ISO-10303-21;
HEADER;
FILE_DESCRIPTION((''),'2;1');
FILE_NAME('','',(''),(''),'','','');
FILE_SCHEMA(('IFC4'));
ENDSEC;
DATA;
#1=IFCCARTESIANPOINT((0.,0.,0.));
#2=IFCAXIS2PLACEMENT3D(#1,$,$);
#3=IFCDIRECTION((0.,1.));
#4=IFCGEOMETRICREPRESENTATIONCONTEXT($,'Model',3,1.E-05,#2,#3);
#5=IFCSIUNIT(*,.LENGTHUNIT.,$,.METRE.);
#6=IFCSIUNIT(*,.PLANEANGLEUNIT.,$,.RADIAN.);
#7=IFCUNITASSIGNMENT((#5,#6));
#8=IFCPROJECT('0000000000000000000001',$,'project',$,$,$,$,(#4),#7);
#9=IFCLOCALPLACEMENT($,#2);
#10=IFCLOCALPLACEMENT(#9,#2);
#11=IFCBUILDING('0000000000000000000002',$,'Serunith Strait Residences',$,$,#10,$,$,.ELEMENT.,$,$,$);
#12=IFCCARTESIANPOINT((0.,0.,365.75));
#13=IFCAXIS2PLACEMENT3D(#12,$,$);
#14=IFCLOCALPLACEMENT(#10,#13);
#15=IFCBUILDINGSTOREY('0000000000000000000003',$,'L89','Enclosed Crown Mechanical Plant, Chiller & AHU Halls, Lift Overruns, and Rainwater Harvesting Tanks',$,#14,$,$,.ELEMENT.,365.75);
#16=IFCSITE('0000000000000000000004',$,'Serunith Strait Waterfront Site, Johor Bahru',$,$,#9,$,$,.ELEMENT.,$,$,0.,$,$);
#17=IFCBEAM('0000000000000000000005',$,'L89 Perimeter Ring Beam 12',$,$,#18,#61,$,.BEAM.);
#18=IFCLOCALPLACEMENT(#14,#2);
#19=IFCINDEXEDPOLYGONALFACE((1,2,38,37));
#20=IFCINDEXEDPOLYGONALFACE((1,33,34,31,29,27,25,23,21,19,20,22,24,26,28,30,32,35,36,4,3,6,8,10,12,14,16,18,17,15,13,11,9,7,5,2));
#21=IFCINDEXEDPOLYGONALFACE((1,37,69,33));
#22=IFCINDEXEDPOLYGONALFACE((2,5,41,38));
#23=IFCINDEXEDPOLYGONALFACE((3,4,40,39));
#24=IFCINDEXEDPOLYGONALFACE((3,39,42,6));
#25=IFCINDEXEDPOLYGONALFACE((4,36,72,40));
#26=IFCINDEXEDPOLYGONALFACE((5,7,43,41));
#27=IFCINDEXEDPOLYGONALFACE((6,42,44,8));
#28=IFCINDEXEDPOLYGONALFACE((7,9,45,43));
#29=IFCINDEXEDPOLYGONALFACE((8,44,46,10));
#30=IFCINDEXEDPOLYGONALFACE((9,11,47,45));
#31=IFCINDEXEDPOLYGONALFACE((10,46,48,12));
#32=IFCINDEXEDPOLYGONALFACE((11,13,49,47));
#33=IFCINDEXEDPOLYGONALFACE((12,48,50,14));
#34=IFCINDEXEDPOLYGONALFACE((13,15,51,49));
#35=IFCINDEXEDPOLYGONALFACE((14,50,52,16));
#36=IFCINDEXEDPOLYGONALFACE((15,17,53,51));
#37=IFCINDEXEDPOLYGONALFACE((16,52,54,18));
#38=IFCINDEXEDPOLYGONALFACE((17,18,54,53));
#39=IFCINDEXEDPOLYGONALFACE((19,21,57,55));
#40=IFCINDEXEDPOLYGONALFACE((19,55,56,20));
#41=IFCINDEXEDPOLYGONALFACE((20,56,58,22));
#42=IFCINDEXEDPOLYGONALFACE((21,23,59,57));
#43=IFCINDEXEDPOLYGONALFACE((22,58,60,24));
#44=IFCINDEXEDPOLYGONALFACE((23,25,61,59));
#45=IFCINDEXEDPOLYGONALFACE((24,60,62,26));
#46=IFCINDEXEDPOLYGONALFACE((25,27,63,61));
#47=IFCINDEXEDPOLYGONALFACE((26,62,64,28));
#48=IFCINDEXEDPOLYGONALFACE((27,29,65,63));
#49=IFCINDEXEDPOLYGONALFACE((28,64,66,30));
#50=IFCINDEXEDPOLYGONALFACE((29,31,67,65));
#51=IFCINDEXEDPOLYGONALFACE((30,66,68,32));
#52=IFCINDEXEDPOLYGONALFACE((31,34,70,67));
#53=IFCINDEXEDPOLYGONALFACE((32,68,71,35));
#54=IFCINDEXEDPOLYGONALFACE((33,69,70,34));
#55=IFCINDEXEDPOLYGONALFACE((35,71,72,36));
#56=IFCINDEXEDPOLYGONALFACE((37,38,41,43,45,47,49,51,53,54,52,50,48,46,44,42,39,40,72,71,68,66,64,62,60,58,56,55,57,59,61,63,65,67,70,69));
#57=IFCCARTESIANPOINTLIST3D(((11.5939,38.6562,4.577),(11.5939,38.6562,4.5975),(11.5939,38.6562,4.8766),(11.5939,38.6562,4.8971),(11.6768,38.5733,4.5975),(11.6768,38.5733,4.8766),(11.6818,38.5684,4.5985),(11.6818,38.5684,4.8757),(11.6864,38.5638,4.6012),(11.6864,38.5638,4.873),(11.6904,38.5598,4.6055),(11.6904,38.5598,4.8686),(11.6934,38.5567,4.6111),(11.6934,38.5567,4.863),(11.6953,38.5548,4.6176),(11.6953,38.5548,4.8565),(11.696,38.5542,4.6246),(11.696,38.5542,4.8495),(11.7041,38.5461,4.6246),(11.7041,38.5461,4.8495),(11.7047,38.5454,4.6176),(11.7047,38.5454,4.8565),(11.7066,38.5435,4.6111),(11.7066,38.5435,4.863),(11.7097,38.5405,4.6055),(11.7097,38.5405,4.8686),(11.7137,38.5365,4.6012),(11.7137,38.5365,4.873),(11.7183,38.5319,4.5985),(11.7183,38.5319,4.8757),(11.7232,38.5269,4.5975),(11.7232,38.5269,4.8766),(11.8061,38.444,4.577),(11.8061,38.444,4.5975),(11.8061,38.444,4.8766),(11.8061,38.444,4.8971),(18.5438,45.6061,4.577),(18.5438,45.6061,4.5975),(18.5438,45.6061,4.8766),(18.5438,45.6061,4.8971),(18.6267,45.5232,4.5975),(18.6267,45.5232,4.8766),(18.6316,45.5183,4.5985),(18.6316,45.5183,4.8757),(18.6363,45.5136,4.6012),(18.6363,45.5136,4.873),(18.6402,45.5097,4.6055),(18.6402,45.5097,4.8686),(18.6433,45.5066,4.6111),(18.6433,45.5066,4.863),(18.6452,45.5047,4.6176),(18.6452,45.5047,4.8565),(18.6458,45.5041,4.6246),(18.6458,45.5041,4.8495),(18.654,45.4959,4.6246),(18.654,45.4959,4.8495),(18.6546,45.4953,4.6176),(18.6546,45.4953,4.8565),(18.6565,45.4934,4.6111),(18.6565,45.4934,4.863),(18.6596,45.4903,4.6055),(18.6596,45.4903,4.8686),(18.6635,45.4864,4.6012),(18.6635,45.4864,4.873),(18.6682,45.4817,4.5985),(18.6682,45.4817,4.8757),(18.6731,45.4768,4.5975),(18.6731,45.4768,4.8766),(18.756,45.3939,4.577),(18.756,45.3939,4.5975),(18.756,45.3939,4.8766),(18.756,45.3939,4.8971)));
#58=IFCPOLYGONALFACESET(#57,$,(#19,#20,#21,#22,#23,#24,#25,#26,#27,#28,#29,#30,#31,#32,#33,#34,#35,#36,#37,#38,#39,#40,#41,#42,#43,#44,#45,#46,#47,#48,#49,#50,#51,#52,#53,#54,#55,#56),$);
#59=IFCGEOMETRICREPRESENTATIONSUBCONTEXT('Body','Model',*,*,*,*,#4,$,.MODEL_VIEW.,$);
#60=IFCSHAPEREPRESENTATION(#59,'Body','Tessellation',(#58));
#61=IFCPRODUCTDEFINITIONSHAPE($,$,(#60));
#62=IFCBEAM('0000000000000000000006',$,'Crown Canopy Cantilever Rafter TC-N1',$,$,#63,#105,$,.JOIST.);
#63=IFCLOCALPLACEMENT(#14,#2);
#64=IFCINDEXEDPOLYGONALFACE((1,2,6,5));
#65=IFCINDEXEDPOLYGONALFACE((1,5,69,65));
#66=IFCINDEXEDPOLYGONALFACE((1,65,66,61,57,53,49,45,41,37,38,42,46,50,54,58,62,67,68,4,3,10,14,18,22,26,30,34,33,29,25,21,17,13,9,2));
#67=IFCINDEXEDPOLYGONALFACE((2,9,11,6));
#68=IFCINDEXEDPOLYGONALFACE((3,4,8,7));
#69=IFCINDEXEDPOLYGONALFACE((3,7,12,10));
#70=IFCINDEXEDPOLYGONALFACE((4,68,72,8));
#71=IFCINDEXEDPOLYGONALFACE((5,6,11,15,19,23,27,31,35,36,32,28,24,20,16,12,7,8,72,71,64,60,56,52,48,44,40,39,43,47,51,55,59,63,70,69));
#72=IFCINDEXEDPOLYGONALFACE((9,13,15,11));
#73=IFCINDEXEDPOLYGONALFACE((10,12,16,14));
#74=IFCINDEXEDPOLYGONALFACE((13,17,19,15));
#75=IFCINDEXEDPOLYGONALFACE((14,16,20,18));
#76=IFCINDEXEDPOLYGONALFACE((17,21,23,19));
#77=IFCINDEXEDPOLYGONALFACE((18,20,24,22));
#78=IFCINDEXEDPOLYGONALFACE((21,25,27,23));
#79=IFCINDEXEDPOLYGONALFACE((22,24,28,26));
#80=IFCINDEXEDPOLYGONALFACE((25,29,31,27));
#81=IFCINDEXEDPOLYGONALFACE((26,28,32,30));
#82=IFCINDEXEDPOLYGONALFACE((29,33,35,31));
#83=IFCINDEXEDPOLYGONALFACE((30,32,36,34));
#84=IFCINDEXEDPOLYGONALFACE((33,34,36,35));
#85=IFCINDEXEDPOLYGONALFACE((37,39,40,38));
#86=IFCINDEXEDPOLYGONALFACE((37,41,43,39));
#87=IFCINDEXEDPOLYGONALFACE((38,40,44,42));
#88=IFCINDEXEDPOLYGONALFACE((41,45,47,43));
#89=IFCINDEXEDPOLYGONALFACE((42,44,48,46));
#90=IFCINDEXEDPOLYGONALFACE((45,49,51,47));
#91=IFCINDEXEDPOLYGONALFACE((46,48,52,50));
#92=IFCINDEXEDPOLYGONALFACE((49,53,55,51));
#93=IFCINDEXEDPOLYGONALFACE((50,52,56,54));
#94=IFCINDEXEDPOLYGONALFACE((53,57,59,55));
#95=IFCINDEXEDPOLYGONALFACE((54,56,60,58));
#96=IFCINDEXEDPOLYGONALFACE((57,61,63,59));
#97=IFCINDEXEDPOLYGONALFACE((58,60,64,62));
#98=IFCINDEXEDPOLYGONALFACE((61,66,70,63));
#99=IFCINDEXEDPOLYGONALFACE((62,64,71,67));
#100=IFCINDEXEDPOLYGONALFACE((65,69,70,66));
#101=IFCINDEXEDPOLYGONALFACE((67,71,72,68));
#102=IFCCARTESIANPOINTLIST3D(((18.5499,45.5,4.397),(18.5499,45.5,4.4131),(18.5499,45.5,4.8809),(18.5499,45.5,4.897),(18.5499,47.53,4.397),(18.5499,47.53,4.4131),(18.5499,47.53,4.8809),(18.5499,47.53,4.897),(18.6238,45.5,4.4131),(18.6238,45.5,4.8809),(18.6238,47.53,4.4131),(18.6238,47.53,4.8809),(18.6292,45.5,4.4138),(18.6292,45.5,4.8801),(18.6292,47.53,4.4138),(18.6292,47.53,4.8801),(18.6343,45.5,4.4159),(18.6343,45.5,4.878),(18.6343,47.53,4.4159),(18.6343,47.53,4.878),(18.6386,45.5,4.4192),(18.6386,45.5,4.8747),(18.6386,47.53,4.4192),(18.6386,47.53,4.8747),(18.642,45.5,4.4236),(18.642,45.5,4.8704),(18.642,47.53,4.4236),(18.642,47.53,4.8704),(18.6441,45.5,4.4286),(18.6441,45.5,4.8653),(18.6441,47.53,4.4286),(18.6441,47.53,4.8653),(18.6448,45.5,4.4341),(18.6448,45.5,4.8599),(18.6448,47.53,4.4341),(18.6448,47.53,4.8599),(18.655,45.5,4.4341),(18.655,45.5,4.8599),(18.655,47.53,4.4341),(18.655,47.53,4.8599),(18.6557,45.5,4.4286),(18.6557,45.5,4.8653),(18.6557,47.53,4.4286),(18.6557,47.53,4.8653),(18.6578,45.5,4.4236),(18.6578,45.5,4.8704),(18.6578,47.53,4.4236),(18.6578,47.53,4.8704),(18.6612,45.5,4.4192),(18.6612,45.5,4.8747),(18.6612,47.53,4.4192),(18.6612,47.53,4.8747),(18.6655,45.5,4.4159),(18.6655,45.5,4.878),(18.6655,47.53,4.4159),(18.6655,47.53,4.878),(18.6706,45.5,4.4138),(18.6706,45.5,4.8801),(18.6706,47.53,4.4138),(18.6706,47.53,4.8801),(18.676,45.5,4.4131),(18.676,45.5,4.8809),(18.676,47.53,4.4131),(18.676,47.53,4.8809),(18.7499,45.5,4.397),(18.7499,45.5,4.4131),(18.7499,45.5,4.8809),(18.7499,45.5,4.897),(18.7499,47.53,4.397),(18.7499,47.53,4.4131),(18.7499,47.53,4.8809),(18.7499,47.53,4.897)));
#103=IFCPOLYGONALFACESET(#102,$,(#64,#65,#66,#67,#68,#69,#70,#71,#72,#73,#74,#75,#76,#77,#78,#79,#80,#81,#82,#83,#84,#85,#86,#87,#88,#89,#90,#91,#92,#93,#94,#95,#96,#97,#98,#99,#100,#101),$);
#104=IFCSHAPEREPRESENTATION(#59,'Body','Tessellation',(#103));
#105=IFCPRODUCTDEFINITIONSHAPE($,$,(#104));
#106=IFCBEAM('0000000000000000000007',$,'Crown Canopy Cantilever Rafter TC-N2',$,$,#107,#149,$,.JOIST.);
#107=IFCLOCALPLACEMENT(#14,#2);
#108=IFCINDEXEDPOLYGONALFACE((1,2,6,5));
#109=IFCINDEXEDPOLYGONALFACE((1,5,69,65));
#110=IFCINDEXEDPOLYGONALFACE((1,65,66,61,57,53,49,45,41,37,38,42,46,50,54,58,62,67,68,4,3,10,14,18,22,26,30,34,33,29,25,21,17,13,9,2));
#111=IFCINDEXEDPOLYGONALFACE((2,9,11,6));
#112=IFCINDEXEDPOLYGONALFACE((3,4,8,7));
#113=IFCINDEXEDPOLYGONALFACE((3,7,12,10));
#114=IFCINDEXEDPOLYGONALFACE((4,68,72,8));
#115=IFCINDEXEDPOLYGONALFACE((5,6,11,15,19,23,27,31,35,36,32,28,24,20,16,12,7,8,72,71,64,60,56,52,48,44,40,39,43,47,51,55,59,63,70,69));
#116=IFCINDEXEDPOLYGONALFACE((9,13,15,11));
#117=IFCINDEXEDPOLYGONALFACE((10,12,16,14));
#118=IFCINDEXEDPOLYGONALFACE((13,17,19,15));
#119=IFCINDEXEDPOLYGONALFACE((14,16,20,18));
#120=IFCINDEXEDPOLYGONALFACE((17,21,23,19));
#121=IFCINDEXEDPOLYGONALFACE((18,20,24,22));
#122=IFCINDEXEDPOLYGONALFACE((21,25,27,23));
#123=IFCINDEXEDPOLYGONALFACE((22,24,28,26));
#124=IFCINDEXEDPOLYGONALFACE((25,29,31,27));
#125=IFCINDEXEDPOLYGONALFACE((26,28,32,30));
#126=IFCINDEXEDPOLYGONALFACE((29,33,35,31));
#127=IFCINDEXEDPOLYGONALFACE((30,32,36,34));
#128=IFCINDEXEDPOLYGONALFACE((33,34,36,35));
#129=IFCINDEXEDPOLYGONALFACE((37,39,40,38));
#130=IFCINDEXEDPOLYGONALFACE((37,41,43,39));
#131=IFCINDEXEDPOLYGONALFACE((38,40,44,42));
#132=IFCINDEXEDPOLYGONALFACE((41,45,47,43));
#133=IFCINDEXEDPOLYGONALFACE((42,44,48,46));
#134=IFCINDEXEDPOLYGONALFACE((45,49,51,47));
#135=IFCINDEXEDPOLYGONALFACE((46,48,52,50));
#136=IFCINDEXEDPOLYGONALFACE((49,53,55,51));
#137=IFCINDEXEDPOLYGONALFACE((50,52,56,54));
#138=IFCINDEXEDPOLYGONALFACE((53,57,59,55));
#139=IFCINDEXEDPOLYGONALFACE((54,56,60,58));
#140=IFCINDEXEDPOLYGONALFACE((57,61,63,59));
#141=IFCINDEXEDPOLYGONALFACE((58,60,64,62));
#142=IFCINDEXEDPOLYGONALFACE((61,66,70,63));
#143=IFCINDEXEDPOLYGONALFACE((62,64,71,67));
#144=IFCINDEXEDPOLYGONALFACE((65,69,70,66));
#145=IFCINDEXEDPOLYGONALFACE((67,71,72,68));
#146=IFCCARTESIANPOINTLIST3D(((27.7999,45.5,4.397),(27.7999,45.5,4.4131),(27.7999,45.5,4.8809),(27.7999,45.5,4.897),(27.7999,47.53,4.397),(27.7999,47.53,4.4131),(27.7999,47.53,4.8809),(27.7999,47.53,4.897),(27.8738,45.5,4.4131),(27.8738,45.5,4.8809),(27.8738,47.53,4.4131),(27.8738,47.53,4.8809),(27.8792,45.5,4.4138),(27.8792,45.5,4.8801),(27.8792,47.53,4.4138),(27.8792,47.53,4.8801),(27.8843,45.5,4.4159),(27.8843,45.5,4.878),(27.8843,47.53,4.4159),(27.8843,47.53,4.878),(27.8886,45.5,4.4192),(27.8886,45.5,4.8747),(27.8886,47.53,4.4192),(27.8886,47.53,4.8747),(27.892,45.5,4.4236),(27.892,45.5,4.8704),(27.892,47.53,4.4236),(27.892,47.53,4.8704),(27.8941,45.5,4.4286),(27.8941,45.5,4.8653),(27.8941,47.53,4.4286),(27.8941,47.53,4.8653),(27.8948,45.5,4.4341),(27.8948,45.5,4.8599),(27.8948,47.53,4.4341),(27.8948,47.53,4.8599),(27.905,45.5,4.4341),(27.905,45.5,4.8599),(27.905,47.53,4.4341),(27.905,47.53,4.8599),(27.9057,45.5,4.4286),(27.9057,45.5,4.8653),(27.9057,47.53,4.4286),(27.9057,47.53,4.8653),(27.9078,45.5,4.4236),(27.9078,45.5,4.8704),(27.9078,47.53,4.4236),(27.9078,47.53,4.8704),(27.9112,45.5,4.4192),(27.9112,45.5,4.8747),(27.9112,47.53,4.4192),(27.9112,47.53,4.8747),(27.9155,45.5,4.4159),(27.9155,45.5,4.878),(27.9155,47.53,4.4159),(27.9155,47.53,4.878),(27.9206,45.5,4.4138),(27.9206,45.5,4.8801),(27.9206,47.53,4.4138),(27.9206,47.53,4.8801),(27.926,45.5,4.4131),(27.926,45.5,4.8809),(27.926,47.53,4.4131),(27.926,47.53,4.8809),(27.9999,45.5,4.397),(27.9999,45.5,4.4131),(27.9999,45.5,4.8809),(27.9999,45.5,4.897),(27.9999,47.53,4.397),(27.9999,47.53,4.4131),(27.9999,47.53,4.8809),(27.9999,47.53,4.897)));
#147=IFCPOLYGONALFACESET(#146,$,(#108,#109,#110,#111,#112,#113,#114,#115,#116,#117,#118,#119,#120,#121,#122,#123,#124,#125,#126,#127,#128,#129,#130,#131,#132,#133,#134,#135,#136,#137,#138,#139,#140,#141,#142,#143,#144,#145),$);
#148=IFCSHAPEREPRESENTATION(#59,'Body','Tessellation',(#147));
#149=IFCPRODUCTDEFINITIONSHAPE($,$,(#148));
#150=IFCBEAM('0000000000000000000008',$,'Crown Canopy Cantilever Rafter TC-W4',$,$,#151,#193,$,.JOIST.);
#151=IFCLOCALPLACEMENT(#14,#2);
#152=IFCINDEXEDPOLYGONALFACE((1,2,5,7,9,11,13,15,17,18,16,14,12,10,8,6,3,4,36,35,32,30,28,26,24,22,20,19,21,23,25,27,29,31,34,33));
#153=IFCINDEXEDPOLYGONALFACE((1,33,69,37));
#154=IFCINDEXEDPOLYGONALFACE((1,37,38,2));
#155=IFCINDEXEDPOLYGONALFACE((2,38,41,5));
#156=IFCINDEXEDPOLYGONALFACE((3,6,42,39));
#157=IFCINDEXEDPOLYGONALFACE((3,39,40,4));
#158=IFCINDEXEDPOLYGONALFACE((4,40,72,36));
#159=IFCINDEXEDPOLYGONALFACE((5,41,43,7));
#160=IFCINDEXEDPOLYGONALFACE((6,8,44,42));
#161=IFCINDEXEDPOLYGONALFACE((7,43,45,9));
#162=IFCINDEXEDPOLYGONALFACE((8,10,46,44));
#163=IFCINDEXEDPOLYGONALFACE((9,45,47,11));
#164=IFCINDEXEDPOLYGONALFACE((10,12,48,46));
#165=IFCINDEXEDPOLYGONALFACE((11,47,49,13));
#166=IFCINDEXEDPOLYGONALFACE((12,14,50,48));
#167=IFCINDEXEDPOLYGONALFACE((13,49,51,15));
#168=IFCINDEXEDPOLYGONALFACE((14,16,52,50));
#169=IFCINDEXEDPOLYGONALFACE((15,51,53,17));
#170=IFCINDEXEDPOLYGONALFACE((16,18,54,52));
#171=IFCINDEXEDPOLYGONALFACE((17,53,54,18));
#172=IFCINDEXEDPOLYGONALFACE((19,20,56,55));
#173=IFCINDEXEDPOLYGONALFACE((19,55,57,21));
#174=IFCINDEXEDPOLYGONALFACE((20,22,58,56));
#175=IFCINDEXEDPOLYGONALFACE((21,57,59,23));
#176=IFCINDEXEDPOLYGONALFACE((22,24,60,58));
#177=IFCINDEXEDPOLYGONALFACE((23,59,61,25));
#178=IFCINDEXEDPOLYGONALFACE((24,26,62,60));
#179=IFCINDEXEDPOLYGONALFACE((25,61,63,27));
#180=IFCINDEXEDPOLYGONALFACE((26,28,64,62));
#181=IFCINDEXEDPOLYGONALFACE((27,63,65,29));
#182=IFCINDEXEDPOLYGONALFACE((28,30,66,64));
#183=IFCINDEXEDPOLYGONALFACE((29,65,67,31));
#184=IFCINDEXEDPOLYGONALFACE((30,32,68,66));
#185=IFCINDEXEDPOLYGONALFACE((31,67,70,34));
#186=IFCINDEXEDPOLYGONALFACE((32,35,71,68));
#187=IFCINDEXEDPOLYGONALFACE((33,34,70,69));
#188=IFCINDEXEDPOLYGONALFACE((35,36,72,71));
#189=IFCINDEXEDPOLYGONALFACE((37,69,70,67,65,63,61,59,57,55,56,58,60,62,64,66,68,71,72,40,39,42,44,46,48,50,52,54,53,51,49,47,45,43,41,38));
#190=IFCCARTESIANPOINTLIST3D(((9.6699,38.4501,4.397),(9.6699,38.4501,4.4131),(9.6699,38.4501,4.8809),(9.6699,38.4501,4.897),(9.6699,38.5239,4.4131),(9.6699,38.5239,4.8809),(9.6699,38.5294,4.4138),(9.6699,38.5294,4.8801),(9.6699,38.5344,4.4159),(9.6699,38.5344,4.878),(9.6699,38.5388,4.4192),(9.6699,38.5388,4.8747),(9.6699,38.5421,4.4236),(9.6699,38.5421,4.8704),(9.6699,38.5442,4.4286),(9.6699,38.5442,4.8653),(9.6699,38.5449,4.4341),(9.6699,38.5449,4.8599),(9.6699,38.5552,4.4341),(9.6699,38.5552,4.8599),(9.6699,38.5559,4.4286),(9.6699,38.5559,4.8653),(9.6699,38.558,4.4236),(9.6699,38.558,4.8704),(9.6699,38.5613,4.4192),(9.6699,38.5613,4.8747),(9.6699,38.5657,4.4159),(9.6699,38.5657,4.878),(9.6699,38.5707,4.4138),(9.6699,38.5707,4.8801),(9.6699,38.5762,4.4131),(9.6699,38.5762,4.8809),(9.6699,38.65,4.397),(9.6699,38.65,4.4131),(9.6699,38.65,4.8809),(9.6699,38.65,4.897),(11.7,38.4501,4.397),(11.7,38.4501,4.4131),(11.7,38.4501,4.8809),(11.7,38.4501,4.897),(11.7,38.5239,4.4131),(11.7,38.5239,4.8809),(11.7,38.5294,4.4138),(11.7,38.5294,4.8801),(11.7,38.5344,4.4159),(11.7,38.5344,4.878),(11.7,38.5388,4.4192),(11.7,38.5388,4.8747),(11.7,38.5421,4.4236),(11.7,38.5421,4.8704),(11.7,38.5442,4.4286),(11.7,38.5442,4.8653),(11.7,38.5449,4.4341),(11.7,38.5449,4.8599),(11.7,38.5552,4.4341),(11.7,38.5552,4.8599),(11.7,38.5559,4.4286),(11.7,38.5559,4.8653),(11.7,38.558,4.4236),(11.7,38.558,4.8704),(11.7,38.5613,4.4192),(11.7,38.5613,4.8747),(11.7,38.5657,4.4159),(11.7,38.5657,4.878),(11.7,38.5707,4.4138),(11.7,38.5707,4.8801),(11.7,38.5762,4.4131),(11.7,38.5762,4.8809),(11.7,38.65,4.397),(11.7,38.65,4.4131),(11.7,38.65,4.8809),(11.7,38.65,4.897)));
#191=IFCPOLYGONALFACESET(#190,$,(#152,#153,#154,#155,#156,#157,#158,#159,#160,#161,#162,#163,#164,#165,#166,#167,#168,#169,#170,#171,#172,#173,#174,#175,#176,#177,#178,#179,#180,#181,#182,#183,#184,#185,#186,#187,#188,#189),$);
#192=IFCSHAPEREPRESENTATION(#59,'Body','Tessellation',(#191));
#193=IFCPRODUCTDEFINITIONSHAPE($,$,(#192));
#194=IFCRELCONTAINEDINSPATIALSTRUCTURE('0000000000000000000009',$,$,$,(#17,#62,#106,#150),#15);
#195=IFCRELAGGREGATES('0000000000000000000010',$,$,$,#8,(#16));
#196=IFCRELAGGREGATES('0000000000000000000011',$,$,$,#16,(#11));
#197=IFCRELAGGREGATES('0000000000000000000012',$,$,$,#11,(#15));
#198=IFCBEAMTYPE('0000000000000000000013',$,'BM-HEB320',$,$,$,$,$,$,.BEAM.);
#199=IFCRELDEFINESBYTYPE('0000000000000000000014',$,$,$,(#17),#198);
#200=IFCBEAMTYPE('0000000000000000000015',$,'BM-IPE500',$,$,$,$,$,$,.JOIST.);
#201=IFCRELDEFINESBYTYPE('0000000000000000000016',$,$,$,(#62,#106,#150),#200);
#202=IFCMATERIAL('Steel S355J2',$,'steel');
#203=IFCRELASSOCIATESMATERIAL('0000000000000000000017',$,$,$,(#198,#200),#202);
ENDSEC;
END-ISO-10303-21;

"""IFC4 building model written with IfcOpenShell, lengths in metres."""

from ifc_helpers import new_model, si_unit, direction, frame, origin, origin_2d, place, context, subcontext, project, spatial, i_section, extrude, source, transform, mapped, material, material_profile, profile_set, type_object, element, save


model = new_model("IFC4")

# Units and contexts
model_context = context("Model", 3, precision=1e-05, world=origin(), true_north=direction((0.0, 1.0)))
body_context = subcontext(model_context, "Body", "Model", "MODEL_VIEW")
ifc_project = project(units=[si_unit("LENGTHUNIT", "METRE"), si_unit("PLANEANGLEUNIT", "RADIAN")], contexts=[model_context])

# Site, building, storey
site_placement = place(None, origin())
site = spatial("IfcSite", under=ifc_project, at=site_placement, Name="Serunith Strait Waterfront Site, Johor Bahru", CompositionType="ELEMENT", RefElevation=0.0)
building_placement = place(site_placement, origin())
building = spatial("IfcBuilding", under=site, at=building_placement, Name="Serunith Strait Residences", CompositionType="ELEMENT")
storey_placement = place(building_placement, frame((0.0, 0.0, 365.75)))
storey = spatial("IfcBuildingStorey", under=building, at=storey_placement, Name="L89", Description="Enclosed Crown Mechanical Plant, Chiller & AHU Halls, Lift Overruns, and Rainwater Harvesting Tanks", CompositionType="ELEMENT", Elevation=365.75)

# Beams
ifc_material_1 = material(Name="Steel S355J2", Category="steel")
ifc_material_profile_1 = material_profile(ifc_material_1, i_section(OverallWidth=0.3, OverallDepth=0.3201, WebThickness=0.0115, FlangeThickness=0.0205, FilletRadius=0.0271, at=origin_2d()), Name="HEB 320")
ifc_profile_set_1 = profile_set([ifc_material_profile_1], Name="Steel S355J2")
beam_type_1 = type_object("IfcBeamType", Name="BM-HEB320", PredefinedType="BEAM", material=ifc_profile_set_1)
shared_shape_1 = source(origin(), body_context, "Body", "SweptSolid", [
    extrude(i_section(OverallWidth=0.3, OverallDepth=0.3201, WebThickness=0.0115, FlangeThickness=0.0205, FilletRadius=0.0271, at=origin_2d()), origin(), (0.0, 0.0, 1.0), 9.8286),
])
beam_1_placement = place(storey_placement, frame((18.6499, 45.5, 4.7371), z_axis=(-0.707107, -0.707107, 0.0), x_axis=(0.707107, -0.707107, 0.0)))
element("IfcBeam", 1, at=beam_1_placement, inside=storey, type_object=beam_type_1, Name="L89 Perimeter Ring Beam 12", PredefinedType="BEAM", context=body_context, shape_type="MappedRepresentation", body=[
    mapped(shared_shape_1, transform((0.0, 0.0, 0.0), scale=1.0)),
])
ifc_material_profile_2 = material_profile(ifc_material_1, i_section(OverallWidth=0.2, OverallDepth=0.5, WebThickness=0.0103, FlangeThickness=0.0161, FilletRadius=0.021, at=origin_2d()), Name="IPE 500")
ifc_profile_set_2 = profile_set([ifc_material_profile_2], Name="Steel S355J2")
beam_type_2 = type_object("IfcBeamType", Name="BM-IPE500", PredefinedType="JOIST", material=ifc_profile_set_2)
shared_shape_2 = source(origin(), body_context, "Body", "SweptSolid", [
    extrude(i_section(OverallWidth=0.2, OverallDepth=0.5, WebThickness=0.0103, FlangeThickness=0.0161, FilletRadius=0.021, at=origin_2d()), origin(), (0.0, 0.0, 1.0), 2.03),
])
for number, where, z_axis, x_axis, name in (
    (2, (18.6499, 45.5, 4.647), (0.0, 1.0, 0.0), (-1.0, 0.0, 0.0), "Crown Canopy Cantilever Rafter TC-N1"),
    (3, (27.8999, 45.5, 4.647), (0.0, 1.0, 0.0), (-1.0, 0.0, 0.0), "Crown Canopy Cantilever Rafter TC-N2"),
    (4, (11.7, 38.55, 4.647), (-1.0, 0.0, 0.0), (0.0, -1.0, 0.0), "Crown Canopy Cantilever Rafter TC-W4"),
):
    element("IfcBeam", number, at=place(storey_placement, frame(where, z_axis=z_axis, x_axis=x_axis)), inside=storey, type_object=beam_type_2, Name=name, PredefinedType="JOIST", context=body_context, shape_type="MappedRepresentation", body=[
        mapped(shared_shape_2, transform((0.0, 0.0, 0.0), scale=1.0)),
    ])

save(model, "model.ifc")
